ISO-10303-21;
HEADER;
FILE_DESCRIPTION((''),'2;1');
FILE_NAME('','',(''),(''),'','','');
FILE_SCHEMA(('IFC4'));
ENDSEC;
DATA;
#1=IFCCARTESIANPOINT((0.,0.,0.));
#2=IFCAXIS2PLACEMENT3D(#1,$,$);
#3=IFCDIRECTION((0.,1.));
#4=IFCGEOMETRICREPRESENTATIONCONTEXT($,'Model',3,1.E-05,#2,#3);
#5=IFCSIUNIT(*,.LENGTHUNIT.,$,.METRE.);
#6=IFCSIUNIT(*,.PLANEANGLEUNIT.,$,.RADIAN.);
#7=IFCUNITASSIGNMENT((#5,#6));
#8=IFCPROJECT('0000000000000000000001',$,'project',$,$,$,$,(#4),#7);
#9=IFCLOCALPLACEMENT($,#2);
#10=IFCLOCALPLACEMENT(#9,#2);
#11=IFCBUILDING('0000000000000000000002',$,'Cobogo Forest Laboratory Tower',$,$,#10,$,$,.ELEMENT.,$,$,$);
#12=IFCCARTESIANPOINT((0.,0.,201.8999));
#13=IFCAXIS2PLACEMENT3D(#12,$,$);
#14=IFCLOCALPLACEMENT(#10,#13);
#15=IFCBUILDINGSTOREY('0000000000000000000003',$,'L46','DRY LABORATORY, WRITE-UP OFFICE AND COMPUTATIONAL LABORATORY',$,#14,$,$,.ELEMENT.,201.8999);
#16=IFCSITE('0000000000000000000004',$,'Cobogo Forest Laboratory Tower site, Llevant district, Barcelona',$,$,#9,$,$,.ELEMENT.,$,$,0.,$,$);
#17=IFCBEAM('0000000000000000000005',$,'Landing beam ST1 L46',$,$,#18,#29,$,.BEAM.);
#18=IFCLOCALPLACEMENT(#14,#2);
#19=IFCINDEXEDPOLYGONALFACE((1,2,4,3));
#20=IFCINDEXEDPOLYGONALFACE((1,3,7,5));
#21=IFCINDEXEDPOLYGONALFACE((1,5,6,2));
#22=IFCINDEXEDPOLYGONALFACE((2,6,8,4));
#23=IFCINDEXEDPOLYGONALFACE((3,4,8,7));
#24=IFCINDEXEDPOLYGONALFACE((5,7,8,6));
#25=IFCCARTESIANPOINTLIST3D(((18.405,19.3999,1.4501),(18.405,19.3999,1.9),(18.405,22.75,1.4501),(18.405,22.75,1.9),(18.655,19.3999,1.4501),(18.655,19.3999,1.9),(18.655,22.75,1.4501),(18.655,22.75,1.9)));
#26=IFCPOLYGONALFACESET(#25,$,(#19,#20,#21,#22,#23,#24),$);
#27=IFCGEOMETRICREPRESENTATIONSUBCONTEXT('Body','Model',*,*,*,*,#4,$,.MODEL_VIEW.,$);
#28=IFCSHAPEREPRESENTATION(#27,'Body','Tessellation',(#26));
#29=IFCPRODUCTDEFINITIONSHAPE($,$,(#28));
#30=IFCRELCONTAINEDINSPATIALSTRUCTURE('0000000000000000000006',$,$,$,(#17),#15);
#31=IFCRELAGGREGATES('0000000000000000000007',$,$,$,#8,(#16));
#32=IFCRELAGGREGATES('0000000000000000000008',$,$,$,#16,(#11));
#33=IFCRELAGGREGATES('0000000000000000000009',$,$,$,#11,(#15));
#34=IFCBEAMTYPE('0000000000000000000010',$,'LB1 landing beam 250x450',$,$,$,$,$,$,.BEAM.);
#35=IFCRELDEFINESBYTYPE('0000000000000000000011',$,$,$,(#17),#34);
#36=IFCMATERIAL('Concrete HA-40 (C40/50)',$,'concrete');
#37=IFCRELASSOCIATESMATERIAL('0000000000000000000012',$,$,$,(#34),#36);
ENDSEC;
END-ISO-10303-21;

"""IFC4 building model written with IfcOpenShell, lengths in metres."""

from ifc_helpers import new_model, si_unit, direction, frame, origin, origin_2d, place, context, subcontext, project, spatial, rectangle, extrude, material, material_profile, profile_set, type_object, element, save


model = new_model("IFC4")

# Units and contexts
model_context = context("Model", 3, precision=1e-05, world=origin(), true_north=direction((0.0, 1.0)))
body_context = subcontext(model_context, "Body", "Model", "MODEL_VIEW")
ifc_project = project(units=[si_unit("LENGTHUNIT", "METRE"), si_unit("PLANEANGLEUNIT", "RADIAN")], contexts=[model_context])

# Site, building, storey
site_placement = place(None, origin())
site = spatial("IfcSite", under=ifc_project, at=site_placement, Name="Cobogo Forest Laboratory Tower site, Llevant district, Barcelona", CompositionType="ELEMENT", RefElevation=0.0)
building_placement = place(site_placement, origin())
building = spatial("IfcBuilding", under=site, at=building_placement, Name="Cobogo Forest Laboratory Tower", CompositionType="ELEMENT")
storey_placement = place(building_placement, frame((0.0, 0.0, 201.8999)))
storey = spatial("IfcBuildingStorey", under=building, at=storey_placement, Name="L46", Description="DRY LABORATORY, WRITE-UP OFFICE AND COMPUTATIONAL LABORATORY", CompositionType="ELEMENT", Elevation=201.8999)

# Beam
ifc_material_1 = material(Name="Concrete HA-40 (C40/50)", Category="concrete")
ifc_material_profile = material_profile(ifc_material_1, rectangle(XDim=0.25, YDim=0.45, at=origin_2d()), Name="RC 250x450")
ifc_profile_set = profile_set([ifc_material_profile], Name="Concrete HA-40 (C40/50)")
beam_type = type_object("IfcBeamType", Name="LB1 landing beam 250x450", PredefinedType="BEAM", material=ifc_profile_set)
beam_placement = place(storey_placement, frame((18.53, 19.3999, 1.675), z_axis=(0.0, 1.0, 0.0), x_axis=(-1.0, 0.0, 0.0)))
element("IfcBeam", 1, at=beam_placement, inside=storey, type_object=beam_type, Name="Landing beam ST1 L46", PredefinedType="BEAM", context=body_context, shape_type="SweptSolid", body=[
    extrude(rectangle(XDim=0.25, YDim=0.45, at=origin_2d()), origin(), (0.0, 0.0, 1.0), 3.3501),
])

save(model, "model.ifc")
